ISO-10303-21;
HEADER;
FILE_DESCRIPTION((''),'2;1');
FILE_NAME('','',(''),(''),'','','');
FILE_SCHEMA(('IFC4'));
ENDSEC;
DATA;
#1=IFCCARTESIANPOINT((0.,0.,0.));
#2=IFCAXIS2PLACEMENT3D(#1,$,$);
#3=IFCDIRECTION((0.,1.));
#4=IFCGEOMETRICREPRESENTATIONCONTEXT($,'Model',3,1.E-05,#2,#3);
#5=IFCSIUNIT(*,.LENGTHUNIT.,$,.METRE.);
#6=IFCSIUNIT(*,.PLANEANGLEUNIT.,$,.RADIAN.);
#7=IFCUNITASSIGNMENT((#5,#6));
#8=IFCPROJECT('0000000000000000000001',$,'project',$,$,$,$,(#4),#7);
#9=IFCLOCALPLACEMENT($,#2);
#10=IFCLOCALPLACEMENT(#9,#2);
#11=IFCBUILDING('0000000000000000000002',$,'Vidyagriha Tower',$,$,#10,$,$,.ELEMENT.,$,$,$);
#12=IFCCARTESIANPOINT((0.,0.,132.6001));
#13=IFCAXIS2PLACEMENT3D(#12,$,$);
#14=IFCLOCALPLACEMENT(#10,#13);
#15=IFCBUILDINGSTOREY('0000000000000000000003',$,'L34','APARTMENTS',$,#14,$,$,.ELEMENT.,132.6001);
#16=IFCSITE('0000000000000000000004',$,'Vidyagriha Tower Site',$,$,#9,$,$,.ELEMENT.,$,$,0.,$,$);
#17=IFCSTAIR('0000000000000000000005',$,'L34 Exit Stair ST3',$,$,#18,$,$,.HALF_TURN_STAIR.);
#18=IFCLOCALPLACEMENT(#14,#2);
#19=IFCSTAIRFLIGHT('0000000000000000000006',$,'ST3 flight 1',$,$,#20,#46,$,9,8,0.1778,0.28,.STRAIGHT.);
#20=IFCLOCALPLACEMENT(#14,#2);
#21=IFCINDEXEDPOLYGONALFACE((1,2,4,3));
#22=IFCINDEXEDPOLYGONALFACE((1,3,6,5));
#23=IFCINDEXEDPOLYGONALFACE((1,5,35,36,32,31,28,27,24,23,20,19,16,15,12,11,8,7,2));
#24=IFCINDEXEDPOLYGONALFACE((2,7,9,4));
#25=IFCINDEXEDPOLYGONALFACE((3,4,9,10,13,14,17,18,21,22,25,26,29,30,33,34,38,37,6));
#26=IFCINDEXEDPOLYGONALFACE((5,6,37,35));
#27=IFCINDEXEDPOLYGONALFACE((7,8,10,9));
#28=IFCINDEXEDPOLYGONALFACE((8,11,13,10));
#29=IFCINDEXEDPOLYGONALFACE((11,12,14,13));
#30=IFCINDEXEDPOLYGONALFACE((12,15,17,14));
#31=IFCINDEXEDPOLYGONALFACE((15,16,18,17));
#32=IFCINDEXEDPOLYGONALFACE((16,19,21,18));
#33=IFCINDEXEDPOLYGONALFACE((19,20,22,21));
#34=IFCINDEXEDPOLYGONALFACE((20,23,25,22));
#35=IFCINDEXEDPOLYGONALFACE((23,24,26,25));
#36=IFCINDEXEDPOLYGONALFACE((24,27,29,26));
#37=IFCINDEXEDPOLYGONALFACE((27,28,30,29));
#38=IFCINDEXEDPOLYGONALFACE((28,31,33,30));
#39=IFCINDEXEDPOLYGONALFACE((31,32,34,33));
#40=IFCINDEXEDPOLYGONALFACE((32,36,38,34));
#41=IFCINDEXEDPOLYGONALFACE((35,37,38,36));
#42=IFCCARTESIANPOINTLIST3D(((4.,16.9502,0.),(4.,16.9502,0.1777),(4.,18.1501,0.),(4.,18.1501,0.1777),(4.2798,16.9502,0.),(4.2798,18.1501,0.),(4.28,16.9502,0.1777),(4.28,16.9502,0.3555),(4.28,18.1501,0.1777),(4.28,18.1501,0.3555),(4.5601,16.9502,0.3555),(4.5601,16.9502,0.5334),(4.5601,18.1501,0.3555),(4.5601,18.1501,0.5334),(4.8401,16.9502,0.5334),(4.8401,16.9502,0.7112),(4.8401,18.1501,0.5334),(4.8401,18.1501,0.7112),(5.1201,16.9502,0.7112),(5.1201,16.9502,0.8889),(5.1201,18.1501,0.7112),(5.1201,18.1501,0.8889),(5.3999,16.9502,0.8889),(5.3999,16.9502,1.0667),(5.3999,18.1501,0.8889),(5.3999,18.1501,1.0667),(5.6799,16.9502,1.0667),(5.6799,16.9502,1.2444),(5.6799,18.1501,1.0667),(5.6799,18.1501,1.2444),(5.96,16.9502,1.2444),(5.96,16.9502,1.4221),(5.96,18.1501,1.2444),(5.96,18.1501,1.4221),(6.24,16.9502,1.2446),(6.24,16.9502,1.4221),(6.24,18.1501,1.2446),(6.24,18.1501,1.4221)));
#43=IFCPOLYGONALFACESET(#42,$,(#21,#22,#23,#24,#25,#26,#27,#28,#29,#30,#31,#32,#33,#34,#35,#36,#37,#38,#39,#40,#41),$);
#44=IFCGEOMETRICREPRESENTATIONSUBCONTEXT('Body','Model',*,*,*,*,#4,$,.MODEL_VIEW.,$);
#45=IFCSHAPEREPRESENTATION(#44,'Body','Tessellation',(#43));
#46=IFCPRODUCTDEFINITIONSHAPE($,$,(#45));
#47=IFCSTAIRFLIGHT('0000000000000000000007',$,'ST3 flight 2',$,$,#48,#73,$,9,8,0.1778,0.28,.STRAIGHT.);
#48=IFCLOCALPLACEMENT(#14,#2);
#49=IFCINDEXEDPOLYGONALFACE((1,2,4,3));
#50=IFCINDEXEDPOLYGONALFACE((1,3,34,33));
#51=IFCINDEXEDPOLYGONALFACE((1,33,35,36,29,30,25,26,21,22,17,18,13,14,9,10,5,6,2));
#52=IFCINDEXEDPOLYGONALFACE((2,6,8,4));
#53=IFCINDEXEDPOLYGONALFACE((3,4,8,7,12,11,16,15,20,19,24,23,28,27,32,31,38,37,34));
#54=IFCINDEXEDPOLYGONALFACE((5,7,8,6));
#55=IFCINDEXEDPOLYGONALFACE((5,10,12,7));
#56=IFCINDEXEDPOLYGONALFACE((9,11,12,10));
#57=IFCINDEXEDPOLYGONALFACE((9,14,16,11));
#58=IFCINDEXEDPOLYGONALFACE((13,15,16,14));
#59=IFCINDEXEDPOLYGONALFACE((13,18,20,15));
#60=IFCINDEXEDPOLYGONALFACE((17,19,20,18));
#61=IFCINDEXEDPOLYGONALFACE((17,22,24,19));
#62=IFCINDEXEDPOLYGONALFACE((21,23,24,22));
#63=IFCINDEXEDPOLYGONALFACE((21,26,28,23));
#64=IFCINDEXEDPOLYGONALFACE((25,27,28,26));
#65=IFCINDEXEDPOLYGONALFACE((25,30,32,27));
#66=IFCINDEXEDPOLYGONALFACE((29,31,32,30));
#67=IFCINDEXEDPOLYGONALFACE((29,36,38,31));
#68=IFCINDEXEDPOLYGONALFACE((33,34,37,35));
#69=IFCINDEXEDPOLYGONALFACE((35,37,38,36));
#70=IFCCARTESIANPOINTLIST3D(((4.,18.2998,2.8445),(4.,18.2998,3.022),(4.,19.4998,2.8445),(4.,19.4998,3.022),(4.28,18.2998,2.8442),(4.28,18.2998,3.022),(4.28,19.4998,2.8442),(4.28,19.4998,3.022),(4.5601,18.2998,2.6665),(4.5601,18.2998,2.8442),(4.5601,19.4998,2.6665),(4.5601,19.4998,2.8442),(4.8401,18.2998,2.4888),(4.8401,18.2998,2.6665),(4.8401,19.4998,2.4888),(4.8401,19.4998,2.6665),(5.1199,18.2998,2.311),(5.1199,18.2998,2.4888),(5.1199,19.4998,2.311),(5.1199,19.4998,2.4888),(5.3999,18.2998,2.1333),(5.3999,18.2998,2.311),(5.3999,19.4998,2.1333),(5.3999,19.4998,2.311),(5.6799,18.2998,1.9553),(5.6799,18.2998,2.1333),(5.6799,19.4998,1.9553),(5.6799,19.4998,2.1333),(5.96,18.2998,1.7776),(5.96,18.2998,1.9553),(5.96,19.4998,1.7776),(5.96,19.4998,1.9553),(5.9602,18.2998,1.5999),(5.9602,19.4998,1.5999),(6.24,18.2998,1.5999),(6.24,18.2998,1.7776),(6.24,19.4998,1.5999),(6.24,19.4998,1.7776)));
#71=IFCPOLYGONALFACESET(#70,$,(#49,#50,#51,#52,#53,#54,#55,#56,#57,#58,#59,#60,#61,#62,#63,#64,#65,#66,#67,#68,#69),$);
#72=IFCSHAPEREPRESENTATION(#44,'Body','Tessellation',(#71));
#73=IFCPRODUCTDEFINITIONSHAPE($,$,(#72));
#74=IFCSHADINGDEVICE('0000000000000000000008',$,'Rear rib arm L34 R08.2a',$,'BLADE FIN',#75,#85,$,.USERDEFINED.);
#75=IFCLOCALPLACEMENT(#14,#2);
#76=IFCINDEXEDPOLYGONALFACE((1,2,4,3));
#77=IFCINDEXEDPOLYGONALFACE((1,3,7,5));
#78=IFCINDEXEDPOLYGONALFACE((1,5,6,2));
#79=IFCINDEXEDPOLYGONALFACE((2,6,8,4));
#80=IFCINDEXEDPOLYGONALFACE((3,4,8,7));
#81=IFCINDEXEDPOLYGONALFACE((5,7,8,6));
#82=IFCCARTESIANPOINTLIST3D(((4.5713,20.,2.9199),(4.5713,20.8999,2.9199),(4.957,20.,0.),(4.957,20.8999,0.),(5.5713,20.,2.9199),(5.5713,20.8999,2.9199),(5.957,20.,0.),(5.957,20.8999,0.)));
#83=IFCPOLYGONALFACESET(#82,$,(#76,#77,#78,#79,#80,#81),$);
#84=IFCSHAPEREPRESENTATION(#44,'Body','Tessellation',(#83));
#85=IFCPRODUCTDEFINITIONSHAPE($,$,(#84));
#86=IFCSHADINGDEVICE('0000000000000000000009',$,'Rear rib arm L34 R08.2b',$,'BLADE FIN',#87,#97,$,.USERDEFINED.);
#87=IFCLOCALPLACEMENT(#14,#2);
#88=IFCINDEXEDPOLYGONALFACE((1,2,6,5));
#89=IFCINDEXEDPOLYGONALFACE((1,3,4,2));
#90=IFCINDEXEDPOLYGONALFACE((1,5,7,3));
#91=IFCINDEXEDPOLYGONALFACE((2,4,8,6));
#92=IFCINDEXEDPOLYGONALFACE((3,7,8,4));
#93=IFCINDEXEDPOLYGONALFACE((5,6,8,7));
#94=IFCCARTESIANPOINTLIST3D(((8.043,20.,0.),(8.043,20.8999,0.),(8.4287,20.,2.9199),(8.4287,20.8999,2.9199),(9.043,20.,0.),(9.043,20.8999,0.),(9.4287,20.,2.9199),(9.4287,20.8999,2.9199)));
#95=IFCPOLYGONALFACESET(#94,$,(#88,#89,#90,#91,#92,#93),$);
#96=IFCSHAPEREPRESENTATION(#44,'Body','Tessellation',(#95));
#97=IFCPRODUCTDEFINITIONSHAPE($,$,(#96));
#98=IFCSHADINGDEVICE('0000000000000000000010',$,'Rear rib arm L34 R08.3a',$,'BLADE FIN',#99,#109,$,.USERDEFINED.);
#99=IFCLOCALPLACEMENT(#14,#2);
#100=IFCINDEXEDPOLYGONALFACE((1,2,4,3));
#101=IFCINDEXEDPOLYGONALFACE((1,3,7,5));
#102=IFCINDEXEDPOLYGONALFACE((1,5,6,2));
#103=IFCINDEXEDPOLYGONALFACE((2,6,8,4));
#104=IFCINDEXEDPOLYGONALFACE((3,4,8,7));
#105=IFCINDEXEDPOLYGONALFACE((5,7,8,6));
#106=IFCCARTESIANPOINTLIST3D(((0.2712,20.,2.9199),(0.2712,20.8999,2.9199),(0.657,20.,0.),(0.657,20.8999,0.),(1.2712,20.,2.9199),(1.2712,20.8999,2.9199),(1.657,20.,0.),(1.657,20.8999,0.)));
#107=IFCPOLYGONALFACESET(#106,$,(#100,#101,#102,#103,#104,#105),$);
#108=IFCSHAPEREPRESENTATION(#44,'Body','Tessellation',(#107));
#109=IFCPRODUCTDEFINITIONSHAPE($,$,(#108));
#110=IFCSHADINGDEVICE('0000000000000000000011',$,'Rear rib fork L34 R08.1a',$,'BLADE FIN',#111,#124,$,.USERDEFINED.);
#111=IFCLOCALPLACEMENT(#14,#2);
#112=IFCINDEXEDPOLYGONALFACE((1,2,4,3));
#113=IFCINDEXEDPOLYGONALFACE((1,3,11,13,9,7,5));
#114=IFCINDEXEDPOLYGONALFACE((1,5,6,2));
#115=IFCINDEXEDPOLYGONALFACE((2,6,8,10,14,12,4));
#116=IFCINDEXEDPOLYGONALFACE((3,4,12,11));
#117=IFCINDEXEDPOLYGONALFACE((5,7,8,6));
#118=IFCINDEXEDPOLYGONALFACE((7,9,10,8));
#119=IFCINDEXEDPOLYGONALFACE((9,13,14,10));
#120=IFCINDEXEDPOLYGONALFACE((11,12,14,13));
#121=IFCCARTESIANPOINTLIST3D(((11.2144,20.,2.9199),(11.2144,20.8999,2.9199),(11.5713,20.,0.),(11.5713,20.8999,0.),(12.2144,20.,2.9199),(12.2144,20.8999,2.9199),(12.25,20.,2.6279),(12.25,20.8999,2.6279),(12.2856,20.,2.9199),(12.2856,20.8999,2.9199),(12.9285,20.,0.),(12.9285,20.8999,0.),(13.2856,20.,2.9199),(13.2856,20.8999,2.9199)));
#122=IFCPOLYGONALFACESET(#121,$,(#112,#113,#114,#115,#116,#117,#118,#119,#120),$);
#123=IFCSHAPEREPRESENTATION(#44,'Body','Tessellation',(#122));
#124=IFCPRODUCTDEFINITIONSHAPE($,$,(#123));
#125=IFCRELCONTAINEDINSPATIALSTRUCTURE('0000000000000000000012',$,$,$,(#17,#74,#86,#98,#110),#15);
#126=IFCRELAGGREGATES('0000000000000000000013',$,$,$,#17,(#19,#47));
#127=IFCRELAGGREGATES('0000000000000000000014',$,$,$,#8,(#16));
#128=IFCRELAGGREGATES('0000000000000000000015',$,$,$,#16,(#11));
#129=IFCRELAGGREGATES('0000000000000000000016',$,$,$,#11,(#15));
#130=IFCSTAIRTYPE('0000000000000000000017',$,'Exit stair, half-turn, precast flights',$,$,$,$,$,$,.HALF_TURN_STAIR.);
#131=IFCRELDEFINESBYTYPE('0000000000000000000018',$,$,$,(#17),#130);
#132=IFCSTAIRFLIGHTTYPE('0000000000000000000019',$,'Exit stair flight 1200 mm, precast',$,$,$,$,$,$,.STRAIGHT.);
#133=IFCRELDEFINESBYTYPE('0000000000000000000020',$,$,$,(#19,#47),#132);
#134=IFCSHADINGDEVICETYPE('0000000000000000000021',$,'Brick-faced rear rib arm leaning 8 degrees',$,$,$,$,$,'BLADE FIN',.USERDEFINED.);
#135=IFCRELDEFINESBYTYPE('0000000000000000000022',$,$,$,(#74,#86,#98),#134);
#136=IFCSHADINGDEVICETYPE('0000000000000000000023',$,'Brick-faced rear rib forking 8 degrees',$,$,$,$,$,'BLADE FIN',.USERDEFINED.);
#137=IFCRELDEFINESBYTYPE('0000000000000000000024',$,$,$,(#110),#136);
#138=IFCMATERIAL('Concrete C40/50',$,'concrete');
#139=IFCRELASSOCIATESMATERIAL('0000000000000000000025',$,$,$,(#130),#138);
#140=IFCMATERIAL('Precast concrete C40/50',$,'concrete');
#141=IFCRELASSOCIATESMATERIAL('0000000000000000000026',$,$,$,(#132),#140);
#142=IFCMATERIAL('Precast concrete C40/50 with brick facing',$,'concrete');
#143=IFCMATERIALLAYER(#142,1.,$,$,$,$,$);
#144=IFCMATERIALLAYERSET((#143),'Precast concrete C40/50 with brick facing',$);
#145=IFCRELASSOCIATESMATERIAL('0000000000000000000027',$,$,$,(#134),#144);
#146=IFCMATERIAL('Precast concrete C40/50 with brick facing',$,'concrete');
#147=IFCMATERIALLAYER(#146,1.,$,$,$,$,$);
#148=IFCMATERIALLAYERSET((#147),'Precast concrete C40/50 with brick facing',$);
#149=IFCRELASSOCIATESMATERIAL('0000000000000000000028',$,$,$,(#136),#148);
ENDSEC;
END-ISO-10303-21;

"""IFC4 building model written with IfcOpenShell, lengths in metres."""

from ifc_helpers import new_model, si_unit, direction, frame, origin, place, context, subcontext, project, spatial, polyline, outline, extrude, material, layer, layer_set, type_object, element, aggregate, save


model = new_model("IFC4")

# Units and contexts
model_context = context("Model", 3, precision=1e-05, world=origin(), true_north=direction((0.0, 1.0)))
body_context = subcontext(model_context, "Body", "Model", "MODEL_VIEW")
ifc_project = project(units=[si_unit("LENGTHUNIT", "METRE"), si_unit("PLANEANGLEUNIT", "RADIAN")], contexts=[model_context])

# Site, building, storey
site_placement = place(None, origin())
site = spatial("IfcSite", under=ifc_project, at=site_placement, Name="Vidyagriha Tower Site", CompositionType="ELEMENT", RefElevation=0.0)
building_placement = place(site_placement, origin())
building = spatial("IfcBuilding", under=site, at=building_placement, Name="Vidyagriha Tower", CompositionType="ELEMENT")
storey_placement = place(building_placement, frame((0.0, 0.0, 132.6001)))
storey = spatial("IfcBuildingStorey", under=building, at=storey_placement, Name="L34", Description="APARTMENTS", CompositionType="ELEMENT", Elevation=132.6001)

# Shared definitions
ifc_material_1 = material(Name="Concrete C40/50", Category="concrete")
stair_type = type_object("IfcStairType", Name="Exit stair, half-turn, precast flights", PredefinedType="HALF_TURN_STAIR", material=ifc_material_1)
ifc_material_2 = material(Name="Precast concrete C40/50", Category="concrete")
stair_flight_type = type_object("IfcStairFlightType", Name="Exit stair flight 1200 mm, precast", PredefinedType="STRAIGHT", material=ifc_material_2)

# Stair, stair flights
stair_1_placement = place(storey_placement, origin())
stair_1 = element("IfcStair", 1, at=stair_1_placement, inside=storey, type_object=stair_type, Name="L34 Exit Stair ST3", PredefinedType="HALF_TURN_STAIR")
stair_flight_1_placement = place(storey_placement, frame((4.0, 17.55, 0.0)))
stair_flight_1 = element("IfcStairFlight", 2, at=stair_flight_1_placement, type_object=stair_flight_type, Name="ST3 flight 1", NumberOfRisers=9, NumberOfTreads=8, PredefinedType="STRAIGHT", RiserHeight=0.1778, TreadLength=0.28, context=body_context, shape_type="SweptSolid", body=[
    extrude(outline(polyline([(0.0, 0.0), (0.0, 0.1777), (0.28, 0.1777), (0.28, 0.3555), (0.5601, 0.3555), (0.5601, 0.5334), (0.8401, 0.5334), (0.8401, 0.7112), (1.1201, 0.7112), (1.1201, 0.8889), (1.3999, 0.8889), (1.3999, 1.0667), (1.6799, 1.0667), (1.6799, 1.2444), (1.96, 1.2444), (1.96, 1.4221), (2.24, 1.4221), (2.24, 1.6001), (2.24, 1.2446), (0.2798, 0.0), (0.0, 0.0)])), frame((0.0, 0.6001, 0.0), z_axis=(0.0, -1.0, 0.0), x_axis=(1.0, 0.0, 0.0)), (0.0, 0.0, 1.0), 1.2),
])
stair_flight_2_placement = place(storey_placement, frame((6.24, 18.8999, 1.5999), z_axis=(0.0, 0.0, 1.0), x_axis=(-1.0, 0.0, 0.0)))
stair_flight_2 = element("IfcStairFlight", 3, at=stair_flight_2_placement, type_object=stair_flight_type, Name="ST3 flight 2", NumberOfRisers=9, NumberOfTreads=8, PredefinedType="STRAIGHT", RiserHeight=0.1778, TreadLength=0.28, context=body_context, shape_type="SweptSolid", body=[
    extrude(outline(polyline([(0.0, 0.0), (0.0, 0.1777), (0.28, 0.1777), (0.28, 0.3555), (0.5601, 0.3555), (0.5601, 0.5334), (0.8401, 0.5334), (0.8401, 0.7112), (1.1201, 0.7112), (1.1201, 0.8889), (1.3999, 0.8889), (1.3999, 1.0667), (1.6799, 1.0667), (1.6799, 1.2444), (1.96, 1.2444), (1.96, 1.4221), (2.24, 1.4221), (2.24, 1.6001), (2.24, 1.2446), (0.2798, 0.0), (0.0, 0.0)])), frame((0.0, 0.6001, 0.0), z_axis=(0.0, -1.0, 0.0), x_axis=(1.0, 0.0, 0.0)), (0.0, 0.0, 1.0), 1.2),
])
aggregate(stair_1, [stair_flight_1, stair_flight_2])

# Shading devices
ifc_material_3 = material(Name="Precast concrete C40/50 with brick facing", Category="concrete")
ifc_layer_1 = layer(ifc_material_3, 1.0)
ifc_layer_set_1 = layer_set([ifc_layer_1], Name="Precast concrete C40/50 with brick facing")
shading_device_type_1 = type_object("IfcShadingDeviceType", Name="Brick-faced rear rib arm leaning 8 degrees", ElementType="BLADE FIN", PredefinedType="USERDEFINED", material=ifc_layer_set_1)
shading_device_1_placement = place(storey_placement, frame((5.957, 20.45, 0.0), z_axis=(0.0, 0.0, 1.0), x_axis=(-1.0, 0.0, 0.0)))
element("IfcShadingDevice", 4, at=shading_device_1_placement, inside=storey, type_object=shading_device_type_1, Name="Rear rib arm L34 R08.2a", ObjectType="BLADE FIN", PredefinedType="USERDEFINED", context=body_context, shape_type="SweptSolid", body=[
    extrude(outline(polyline([(0.0, 0.0), (1.0, 0.0), (1.3857, 2.9199), (0.3857, 2.9199), (0.0, 0.0)])), frame((0.0, 0.45, 0.0), z_axis=(0.0, -1.0, 0.0), x_axis=(1.0, 0.0, 0.0)), (0.0, 0.0, 1.0), 0.8999),
])
shading_device_2_placement = place(storey_placement, frame((9.4287, 20.45, 0.0), z_axis=(0.0, 0.0, 1.0), x_axis=(-1.0, 0.0, 0.0)))
element("IfcShadingDevice", 5, at=shading_device_2_placement, inside=storey, type_object=shading_device_type_1, Name="Rear rib arm L34 R08.2b", ObjectType="BLADE FIN", PredefinedType="USERDEFINED", context=body_context, shape_type="SweptSolid", body=[
    extrude(outline(polyline([(0.3857, 0.0), (1.3857, 0.0), (1.0, 2.9199), (0.0, 2.9199), (0.3857, 0.0)])), frame((0.0, 0.45, 0.0), z_axis=(0.0, -1.0, 0.0), x_axis=(1.0, 0.0, 0.0)), (0.0, 0.0, 1.0), 0.8999),
])
shading_device_3_placement = place(storey_placement, frame((1.657, 20.45, 0.0), z_axis=(0.0, 0.0, 1.0), x_axis=(-1.0, 0.0, 0.0)))
element("IfcShadingDevice", 6, at=shading_device_3_placement, inside=storey, type_object=shading_device_type_1, Name="Rear rib arm L34 R08.3a", ObjectType="BLADE FIN", PredefinedType="USERDEFINED", context=body_context, shape_type="SweptSolid", body=[
    extrude(outline(polyline([(0.0, 0.0), (1.0, 0.0), (1.3857, 2.9199), (0.3857, 2.9199), (0.0, 0.0)])), frame((0.0, 0.45, 0.0), z_axis=(0.0, -1.0, 0.0), x_axis=(1.0, 0.0, 0.0)), (0.0, 0.0, 1.0), 0.8999),
])
ifc_material_4 = material(Name="Precast concrete C40/50 with brick facing", Category="concrete")
ifc_layer_2 = layer(ifc_material_4, 1.0)
ifc_layer_set_2 = layer_set([ifc_layer_2], Name="Precast concrete C40/50 with brick facing")
shading_device_type_2 = type_object("IfcShadingDeviceType", Name="Brick-faced rear rib forking 8 degrees", ElementType="BLADE FIN", PredefinedType="USERDEFINED", material=ifc_layer_set_2)
shading_device_4_placement = place(storey_placement, frame((13.2856, 20.45, 0.0), z_axis=(0.0, 0.0, 1.0), x_axis=(-1.0, 0.0, 0.0)))
element("IfcShadingDevice", 7, at=shading_device_4_placement, inside=storey, type_object=shading_device_type_2, Name="Rear rib fork L34 R08.1a", ObjectType="BLADE FIN", PredefinedType="USERDEFINED", context=body_context, shape_type="SweptSolid", body=[
    extrude(outline(polyline([(0.3572, 0.0), (1.7144, 0.0), (2.0713, 2.9199), (1.0713, 2.9199), (1.0356, 2.6279), (1.0, 2.9199), (0.0, 2.9199), (0.3572, 0.0)])), frame((0.0, 0.45, 0.0), z_axis=(0.0, -1.0, 0.0), x_axis=(1.0, 0.0, 0.0)), (0.0, 0.0, 1.0), 0.8999),
])

save(model, "model.ifc")
